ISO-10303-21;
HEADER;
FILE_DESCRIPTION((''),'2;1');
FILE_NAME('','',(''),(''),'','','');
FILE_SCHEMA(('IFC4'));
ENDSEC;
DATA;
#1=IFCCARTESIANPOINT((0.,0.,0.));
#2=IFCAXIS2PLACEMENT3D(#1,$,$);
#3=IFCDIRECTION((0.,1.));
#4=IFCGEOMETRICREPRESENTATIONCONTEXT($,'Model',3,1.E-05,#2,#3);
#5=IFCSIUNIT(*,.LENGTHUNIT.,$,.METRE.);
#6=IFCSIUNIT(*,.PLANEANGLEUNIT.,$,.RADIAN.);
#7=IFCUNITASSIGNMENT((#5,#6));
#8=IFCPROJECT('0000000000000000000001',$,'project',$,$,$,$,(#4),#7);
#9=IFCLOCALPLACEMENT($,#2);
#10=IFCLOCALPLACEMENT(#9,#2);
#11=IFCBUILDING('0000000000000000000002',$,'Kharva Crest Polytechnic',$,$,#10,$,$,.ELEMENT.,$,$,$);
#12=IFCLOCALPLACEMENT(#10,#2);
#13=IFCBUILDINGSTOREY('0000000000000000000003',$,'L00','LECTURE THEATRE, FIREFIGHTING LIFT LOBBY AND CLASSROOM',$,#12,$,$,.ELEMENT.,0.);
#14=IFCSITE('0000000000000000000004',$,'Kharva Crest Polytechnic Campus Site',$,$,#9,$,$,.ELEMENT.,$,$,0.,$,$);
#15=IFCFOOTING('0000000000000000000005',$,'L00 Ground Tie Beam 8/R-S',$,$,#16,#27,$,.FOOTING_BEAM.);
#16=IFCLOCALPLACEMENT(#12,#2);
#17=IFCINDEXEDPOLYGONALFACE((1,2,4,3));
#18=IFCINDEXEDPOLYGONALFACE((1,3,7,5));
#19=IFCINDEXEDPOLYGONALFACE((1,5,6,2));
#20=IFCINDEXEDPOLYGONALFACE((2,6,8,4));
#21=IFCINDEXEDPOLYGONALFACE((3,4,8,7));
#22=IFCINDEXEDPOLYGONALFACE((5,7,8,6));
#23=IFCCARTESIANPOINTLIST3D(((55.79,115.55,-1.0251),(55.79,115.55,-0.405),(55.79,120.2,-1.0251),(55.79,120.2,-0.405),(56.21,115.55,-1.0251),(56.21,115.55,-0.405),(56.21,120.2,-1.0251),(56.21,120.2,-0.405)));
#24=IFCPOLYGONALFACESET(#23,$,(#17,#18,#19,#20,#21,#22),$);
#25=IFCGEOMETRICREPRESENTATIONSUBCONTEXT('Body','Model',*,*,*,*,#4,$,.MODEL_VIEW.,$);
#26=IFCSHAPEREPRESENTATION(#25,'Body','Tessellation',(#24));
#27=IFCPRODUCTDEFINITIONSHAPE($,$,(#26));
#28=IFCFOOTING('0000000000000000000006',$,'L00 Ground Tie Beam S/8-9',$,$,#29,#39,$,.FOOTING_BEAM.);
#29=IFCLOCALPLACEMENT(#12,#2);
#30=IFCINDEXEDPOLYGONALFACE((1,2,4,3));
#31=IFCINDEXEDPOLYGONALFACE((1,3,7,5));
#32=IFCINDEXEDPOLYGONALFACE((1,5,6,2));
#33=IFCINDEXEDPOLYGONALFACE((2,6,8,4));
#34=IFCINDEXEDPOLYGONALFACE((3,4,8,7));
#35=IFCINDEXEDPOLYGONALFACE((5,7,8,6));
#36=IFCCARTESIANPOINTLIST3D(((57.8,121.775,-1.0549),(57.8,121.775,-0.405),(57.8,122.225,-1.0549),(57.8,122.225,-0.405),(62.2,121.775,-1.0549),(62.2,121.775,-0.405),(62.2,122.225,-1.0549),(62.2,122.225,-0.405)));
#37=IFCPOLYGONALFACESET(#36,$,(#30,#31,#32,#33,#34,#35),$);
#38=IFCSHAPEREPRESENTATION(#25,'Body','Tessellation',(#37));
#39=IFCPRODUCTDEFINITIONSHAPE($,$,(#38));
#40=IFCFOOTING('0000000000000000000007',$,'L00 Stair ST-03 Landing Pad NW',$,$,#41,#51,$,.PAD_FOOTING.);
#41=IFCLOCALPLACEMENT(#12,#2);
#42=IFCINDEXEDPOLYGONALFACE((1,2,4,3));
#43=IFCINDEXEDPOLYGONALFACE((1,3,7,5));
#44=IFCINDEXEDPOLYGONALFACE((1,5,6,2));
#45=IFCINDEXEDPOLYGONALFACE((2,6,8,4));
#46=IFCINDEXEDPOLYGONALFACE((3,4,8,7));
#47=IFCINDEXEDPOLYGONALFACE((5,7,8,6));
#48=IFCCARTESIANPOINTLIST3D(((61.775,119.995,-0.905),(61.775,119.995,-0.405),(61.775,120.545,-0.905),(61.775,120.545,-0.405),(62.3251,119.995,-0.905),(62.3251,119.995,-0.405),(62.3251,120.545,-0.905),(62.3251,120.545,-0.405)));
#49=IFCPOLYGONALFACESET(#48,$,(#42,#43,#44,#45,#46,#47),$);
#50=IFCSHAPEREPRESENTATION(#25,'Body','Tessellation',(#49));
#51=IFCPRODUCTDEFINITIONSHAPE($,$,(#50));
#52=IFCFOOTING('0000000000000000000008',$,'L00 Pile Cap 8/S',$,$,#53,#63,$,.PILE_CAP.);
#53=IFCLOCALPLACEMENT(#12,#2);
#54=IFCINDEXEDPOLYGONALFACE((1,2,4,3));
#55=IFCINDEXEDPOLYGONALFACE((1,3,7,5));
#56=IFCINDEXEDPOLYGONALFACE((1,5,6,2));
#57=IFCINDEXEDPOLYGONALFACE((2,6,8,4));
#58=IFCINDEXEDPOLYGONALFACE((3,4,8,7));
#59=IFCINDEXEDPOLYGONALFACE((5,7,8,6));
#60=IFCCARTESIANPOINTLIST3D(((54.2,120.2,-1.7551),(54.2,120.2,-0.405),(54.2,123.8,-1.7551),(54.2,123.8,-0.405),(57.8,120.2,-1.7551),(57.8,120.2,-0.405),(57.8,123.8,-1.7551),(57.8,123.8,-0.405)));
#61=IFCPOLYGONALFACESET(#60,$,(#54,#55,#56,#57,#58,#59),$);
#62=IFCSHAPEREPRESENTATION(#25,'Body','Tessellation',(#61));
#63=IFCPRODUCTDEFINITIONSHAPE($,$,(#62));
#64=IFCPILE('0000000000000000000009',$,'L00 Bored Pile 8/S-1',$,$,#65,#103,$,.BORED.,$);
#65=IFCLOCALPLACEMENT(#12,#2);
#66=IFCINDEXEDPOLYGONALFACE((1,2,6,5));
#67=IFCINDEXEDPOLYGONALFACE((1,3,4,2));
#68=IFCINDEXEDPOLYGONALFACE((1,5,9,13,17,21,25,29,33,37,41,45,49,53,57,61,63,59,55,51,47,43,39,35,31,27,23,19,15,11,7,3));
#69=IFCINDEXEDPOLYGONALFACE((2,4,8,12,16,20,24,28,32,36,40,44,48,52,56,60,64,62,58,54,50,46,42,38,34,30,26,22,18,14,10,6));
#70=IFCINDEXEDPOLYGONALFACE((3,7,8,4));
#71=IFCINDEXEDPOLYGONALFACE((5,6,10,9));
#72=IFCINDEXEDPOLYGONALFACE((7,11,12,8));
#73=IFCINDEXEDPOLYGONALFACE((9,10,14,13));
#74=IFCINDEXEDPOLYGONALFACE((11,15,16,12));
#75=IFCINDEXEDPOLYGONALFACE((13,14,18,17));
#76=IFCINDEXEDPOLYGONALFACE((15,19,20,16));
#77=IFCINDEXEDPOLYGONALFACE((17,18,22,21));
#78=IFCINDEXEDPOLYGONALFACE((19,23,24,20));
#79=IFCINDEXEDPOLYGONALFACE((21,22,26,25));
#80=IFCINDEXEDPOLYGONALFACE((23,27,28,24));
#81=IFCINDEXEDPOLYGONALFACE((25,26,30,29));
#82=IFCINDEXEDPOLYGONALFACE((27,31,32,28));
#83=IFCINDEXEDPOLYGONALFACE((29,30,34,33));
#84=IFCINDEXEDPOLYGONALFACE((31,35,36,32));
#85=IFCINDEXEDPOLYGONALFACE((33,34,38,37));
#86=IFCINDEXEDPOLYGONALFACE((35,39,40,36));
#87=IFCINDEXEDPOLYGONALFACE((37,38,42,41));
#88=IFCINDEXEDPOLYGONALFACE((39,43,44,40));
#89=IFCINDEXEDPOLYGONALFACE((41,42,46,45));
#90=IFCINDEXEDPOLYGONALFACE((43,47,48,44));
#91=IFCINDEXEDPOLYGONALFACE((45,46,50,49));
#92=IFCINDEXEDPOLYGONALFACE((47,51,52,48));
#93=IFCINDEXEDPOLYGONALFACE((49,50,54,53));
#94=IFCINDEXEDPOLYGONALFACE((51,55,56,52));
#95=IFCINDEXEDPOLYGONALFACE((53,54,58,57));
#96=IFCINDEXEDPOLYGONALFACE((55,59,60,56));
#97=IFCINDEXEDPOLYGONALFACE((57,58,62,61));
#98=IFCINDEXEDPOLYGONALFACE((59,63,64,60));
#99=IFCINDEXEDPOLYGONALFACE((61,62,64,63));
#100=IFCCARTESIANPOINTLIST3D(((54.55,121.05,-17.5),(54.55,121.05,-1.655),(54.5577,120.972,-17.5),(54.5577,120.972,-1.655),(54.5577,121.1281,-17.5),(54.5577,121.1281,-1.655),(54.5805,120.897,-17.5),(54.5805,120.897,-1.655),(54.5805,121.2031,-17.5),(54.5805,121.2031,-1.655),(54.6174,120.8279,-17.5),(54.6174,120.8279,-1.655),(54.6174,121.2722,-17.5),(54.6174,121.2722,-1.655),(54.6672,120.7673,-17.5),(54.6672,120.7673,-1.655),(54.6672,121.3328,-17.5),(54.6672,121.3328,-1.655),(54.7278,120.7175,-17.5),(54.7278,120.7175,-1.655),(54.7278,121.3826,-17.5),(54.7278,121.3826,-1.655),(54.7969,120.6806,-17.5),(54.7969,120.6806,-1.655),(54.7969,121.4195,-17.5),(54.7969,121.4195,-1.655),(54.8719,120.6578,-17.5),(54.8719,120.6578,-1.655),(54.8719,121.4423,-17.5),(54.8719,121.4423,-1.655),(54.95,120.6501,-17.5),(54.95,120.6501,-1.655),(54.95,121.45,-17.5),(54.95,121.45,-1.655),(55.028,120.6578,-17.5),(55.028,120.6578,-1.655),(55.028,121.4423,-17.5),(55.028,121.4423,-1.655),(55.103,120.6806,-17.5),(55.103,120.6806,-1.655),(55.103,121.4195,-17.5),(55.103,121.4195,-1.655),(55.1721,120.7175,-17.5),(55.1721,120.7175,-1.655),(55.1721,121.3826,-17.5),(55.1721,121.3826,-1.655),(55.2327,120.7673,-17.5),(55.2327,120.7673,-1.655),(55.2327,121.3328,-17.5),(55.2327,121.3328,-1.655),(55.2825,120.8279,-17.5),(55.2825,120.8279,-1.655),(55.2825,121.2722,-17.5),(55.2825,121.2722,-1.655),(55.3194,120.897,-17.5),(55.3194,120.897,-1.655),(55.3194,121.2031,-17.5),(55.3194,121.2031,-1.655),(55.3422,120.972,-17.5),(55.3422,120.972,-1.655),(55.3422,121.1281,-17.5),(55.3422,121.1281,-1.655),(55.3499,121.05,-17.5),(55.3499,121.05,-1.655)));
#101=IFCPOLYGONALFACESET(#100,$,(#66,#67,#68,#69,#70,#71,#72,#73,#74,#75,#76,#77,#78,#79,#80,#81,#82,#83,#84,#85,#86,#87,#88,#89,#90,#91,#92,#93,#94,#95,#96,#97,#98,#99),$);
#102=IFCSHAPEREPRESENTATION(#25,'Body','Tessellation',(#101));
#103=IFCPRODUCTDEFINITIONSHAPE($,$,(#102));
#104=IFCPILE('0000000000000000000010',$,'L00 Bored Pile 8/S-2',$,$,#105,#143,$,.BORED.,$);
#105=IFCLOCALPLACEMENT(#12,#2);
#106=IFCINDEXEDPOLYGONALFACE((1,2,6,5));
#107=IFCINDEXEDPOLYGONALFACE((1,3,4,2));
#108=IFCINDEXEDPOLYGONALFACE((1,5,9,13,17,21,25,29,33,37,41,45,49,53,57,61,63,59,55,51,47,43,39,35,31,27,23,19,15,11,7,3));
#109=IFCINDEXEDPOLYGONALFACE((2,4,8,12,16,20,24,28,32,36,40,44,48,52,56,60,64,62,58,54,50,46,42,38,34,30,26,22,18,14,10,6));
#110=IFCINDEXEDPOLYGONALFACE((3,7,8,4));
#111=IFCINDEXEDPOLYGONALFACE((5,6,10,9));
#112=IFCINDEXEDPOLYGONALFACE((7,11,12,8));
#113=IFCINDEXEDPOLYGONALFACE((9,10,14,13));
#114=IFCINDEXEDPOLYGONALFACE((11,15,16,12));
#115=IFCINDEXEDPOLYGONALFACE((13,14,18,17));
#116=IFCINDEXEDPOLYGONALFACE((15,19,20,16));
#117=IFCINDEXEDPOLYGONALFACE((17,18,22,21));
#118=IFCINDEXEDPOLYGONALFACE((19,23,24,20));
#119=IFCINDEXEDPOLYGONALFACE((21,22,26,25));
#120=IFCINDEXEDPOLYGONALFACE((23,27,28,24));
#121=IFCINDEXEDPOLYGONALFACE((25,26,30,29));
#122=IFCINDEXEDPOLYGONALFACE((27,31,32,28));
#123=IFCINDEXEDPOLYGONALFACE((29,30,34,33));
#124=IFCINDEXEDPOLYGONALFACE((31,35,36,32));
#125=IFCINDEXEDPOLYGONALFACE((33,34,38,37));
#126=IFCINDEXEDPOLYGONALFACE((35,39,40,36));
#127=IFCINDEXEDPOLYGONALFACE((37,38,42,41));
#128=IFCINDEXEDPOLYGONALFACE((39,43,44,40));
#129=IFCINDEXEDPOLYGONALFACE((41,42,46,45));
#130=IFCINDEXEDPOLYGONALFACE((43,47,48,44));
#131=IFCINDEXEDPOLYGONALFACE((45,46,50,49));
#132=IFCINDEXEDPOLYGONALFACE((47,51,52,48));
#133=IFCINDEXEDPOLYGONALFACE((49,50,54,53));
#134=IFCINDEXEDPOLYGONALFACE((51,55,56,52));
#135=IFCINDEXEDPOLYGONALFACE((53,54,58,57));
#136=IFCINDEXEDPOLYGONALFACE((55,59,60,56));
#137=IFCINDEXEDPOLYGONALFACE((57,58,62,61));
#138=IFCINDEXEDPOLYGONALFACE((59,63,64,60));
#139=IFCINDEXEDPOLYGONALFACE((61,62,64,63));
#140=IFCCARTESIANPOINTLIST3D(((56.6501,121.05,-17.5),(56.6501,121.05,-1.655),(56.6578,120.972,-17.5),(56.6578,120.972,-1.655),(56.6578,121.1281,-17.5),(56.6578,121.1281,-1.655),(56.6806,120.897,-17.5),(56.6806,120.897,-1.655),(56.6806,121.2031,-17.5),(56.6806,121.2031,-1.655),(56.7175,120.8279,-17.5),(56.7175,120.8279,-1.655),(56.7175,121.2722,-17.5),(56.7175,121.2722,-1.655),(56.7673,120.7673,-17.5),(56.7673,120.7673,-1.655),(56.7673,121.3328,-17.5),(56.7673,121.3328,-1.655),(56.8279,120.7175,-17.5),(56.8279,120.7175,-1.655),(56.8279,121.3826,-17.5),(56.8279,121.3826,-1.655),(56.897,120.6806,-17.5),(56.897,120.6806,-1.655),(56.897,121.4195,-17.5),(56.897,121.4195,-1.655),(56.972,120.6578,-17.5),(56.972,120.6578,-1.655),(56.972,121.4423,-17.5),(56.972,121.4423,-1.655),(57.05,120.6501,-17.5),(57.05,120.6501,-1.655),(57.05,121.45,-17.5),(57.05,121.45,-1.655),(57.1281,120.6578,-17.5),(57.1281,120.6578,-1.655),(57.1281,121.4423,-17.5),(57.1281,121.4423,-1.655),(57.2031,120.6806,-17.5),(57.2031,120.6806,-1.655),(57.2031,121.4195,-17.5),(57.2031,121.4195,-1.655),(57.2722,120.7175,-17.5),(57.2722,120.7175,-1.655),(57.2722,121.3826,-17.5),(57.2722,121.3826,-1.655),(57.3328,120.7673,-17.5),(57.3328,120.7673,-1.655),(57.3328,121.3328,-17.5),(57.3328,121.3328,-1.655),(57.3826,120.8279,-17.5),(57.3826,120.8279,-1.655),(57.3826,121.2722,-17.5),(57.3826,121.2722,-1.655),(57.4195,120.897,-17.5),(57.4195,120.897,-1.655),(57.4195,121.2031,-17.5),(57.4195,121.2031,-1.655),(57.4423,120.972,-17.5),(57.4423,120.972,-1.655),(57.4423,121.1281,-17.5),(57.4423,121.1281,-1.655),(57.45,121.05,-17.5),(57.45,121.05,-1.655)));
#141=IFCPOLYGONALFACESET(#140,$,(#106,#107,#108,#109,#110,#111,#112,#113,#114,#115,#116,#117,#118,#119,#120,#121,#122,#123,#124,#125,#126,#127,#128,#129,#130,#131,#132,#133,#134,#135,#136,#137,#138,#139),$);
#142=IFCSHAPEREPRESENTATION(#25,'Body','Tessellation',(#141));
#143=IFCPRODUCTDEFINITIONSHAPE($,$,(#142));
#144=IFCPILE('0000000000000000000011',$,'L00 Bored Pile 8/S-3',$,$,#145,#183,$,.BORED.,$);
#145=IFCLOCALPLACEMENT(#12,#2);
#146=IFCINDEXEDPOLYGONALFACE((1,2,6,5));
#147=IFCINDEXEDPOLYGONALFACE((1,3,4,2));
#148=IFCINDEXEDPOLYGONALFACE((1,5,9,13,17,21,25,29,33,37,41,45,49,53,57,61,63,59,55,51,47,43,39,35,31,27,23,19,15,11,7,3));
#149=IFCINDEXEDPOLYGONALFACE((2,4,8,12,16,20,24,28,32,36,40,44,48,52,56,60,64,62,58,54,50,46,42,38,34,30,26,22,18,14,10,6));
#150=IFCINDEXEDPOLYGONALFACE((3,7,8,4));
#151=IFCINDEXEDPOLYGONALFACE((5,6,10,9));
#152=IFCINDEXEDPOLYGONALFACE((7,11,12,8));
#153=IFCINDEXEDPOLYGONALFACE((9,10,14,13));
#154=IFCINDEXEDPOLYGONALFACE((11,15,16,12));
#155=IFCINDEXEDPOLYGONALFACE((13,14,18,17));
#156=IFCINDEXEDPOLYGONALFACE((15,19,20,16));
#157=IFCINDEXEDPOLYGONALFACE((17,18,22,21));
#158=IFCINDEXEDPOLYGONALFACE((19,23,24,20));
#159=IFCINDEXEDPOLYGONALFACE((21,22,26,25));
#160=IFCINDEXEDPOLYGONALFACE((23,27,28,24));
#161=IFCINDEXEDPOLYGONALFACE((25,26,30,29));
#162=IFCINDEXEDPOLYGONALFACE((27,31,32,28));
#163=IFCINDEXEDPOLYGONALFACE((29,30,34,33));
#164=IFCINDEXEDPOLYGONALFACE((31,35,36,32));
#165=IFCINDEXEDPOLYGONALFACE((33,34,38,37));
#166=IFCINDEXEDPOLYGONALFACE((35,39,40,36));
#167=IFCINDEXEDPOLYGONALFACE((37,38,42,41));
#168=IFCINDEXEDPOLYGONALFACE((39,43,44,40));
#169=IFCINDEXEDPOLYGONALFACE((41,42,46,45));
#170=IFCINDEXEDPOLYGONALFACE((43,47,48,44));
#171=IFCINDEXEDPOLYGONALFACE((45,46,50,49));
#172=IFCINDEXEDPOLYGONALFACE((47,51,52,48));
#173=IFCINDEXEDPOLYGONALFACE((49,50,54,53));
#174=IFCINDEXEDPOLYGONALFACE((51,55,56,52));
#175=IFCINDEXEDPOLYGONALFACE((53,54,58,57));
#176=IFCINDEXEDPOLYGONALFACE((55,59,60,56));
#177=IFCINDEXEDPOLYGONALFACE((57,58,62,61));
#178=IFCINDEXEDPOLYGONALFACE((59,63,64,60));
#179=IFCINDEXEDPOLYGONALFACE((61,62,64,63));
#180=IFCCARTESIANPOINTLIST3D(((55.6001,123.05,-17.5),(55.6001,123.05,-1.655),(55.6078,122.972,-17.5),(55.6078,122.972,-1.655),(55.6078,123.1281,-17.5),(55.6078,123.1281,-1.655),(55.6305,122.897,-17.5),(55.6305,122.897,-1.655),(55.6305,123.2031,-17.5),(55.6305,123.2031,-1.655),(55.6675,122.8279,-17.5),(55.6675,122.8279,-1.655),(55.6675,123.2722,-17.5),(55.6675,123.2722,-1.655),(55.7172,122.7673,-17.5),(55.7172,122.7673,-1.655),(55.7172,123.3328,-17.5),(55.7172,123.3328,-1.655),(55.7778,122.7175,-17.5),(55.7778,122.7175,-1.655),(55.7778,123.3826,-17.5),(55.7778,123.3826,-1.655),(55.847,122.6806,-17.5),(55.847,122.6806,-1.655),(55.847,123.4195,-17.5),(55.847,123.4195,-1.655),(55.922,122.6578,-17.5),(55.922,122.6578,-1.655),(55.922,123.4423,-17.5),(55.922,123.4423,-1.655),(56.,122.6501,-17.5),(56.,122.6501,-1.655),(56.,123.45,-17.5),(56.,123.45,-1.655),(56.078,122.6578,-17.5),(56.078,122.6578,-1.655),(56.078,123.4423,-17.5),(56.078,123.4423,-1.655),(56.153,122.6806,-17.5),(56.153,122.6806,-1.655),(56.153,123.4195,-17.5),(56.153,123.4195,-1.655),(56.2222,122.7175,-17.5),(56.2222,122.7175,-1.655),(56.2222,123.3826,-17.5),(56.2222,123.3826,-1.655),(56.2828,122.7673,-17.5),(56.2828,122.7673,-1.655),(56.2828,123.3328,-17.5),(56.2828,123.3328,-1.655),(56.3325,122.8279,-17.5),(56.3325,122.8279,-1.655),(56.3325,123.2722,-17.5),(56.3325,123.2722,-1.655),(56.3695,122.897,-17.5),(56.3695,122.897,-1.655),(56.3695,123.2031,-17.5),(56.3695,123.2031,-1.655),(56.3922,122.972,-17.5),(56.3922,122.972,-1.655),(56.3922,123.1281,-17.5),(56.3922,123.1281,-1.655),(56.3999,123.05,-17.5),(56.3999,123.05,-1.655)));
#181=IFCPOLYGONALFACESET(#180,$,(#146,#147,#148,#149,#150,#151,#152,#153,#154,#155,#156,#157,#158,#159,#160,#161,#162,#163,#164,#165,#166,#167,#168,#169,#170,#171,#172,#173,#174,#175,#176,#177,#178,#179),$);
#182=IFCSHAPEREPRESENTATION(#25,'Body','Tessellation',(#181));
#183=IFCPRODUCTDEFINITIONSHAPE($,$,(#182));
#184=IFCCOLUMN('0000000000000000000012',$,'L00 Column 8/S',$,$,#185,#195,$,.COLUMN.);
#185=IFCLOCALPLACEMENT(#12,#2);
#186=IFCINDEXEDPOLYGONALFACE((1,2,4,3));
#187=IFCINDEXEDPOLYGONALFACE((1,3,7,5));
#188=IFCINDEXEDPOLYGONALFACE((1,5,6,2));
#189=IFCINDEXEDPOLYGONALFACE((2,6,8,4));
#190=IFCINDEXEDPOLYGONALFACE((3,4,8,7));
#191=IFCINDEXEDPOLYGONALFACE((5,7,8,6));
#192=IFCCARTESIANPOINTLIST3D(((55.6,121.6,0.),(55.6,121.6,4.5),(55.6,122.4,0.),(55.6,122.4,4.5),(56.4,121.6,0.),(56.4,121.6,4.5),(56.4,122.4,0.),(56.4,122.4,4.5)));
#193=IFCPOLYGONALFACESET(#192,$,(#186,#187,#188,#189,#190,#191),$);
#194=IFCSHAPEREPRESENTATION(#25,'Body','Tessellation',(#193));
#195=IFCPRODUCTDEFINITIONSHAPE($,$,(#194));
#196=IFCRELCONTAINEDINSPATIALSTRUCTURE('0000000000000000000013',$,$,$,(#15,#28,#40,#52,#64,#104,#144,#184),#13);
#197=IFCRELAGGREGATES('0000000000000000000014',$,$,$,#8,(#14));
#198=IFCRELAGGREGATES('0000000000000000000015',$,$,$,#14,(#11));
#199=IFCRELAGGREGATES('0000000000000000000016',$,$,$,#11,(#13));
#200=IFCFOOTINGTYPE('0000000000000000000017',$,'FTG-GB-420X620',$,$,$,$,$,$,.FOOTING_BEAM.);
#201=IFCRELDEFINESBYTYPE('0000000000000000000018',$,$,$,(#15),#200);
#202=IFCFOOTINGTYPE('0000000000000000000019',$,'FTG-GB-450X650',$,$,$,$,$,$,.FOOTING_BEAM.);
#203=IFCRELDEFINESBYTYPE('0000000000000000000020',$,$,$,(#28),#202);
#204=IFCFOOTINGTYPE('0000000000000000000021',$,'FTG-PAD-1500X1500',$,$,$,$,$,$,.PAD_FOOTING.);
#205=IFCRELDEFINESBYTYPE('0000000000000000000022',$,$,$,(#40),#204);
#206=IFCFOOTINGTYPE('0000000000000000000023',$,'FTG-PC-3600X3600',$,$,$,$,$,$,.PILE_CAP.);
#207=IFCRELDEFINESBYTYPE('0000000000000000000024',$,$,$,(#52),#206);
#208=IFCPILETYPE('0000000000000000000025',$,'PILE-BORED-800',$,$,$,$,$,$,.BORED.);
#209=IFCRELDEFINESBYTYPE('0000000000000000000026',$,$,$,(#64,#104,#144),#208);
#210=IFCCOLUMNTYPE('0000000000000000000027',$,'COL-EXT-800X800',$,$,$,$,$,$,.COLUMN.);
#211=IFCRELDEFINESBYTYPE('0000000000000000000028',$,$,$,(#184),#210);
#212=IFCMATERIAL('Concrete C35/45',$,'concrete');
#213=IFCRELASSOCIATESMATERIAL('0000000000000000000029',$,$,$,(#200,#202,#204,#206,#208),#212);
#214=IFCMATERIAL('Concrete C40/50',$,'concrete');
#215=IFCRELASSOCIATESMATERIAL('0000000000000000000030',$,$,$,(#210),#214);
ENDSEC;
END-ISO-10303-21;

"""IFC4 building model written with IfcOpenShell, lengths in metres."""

from ifc_helpers import new_model, si_unit, direction, frame, origin, origin_2d, place, context, subcontext, project, spatial, rectangle, circle, extrude, material, material_profile, profile_set, type_object, element, save


model = new_model("IFC4")

# Units and contexts
model_context = context("Model", 3, precision=1e-05, world=origin(), true_north=direction((0.0, 1.0)))
body_context = subcontext(model_context, "Body", "Model", "MODEL_VIEW")
ifc_project = project(units=[si_unit("LENGTHUNIT", "METRE"), si_unit("PLANEANGLEUNIT", "RADIAN")], contexts=[model_context])

# Site, building, storey
site_placement = place(None, origin())
site = spatial("IfcSite", under=ifc_project, at=site_placement, Name="Kharva Crest Polytechnic Campus Site", CompositionType="ELEMENT", RefElevation=0.0)
building_placement = place(site_placement, origin())
building = spatial("IfcBuilding", under=site, at=building_placement, Name="Kharva Crest Polytechnic", CompositionType="ELEMENT")
storey_placement = place(building_placement, origin())
storey = spatial("IfcBuildingStorey", under=building, at=storey_placement, Name="L00", Description="LECTURE THEATRE, FIREFIGHTING LIFT LOBBY AND CLASSROOM", CompositionType="ELEMENT", Elevation=0.0)

# Footings
ifc_material_1 = material(Name="Concrete C35/45", Category="concrete")
footing_type_1 = type_object("IfcFootingType", Name="FTG-GB-420X620", PredefinedType="FOOTING_BEAM", material=ifc_material_1)
footing_1_placement = place(storey_placement, frame((56.0, 117.875, -1.0251), z_axis=(0.0, 0.0, 1.0), x_axis=(0.0, 1.0, 0.0)))
element("IfcFooting", 1, at=footing_1_placement, inside=storey, type_object=footing_type_1, Name="L00 Ground Tie Beam 8/R-S", PredefinedType="FOOTING_BEAM", context=body_context, shape_type="SweptSolid", body=[
    extrude(rectangle(XDim=4.6499, YDim=0.4199, at=origin_2d()), origin(), (0.0, 0.0, 1.0), 0.6201),
])
footing_type_2 = type_object("IfcFootingType", Name="FTG-GB-450X650", PredefinedType="FOOTING_BEAM", material=ifc_material_1)
footing_2_placement = place(storey_placement, frame((60.0, 122.0, -1.0549), z_axis=(0.0, 0.0, 1.0), x_axis=(1.0, 0.0, 0.0)))
element("IfcFooting", 2, at=footing_2_placement, inside=storey, type_object=footing_type_2, Name="L00 Ground Tie Beam S/8-9", PredefinedType="FOOTING_BEAM", context=body_context, shape_type="SweptSolid", body=[
    extrude(rectangle(XDim=4.3999, YDim=0.45, at=origin_2d()), origin(), (0.0, 0.0, 1.0), 0.6499),
])
footing_type_3 = type_object("IfcFootingType", Name="FTG-PAD-1500X1500", PredefinedType="PAD_FOOTING", material=ifc_material_1)
footing_3_placement = place(storey_placement, frame((62.05, 120.27, -0.905), z_axis=(0.0, 0.0, 1.0), x_axis=(1.0, 0.0, 0.0)))
element("IfcFooting", 3, at=footing_3_placement, inside=storey, type_object=footing_type_3, Name="L00 Stair ST-03 Landing Pad NW", PredefinedType="PAD_FOOTING", context=body_context, shape_type="SweptSolid", body=[
    extrude(rectangle(XDim=0.55, YDim=0.55, at=origin_2d()), origin(), (0.0, 0.0, 1.0), 0.5),
])
footing_type_4 = type_object("IfcFootingType", Name="FTG-PC-3600X3600", PredefinedType="PILE_CAP", material=ifc_material_1)
footing_4_placement = place(storey_placement, frame((56.0, 122.0, -1.7551), z_axis=(0.0, 0.0, 1.0), x_axis=(1.0, 0.0, 0.0)))
element("IfcFooting", 4, at=footing_4_placement, inside=storey, type_object=footing_type_4, Name="L00 Pile Cap 8/S", PredefinedType="PILE_CAP", context=body_context, shape_type="SweptSolid", body=[
    extrude(rectangle(XDim=3.6001, YDim=3.6001, at=origin_2d()), origin(), (0.0, 0.0, 1.0), 1.3501),
])

# Piles
ifc_material_profile_1 = material_profile(ifc_material_1, circle(Radius=0.3999, at=origin_2d()), Name="DIA 800")
ifc_profile_set_1 = profile_set([ifc_material_profile_1], Name="Concrete C35/45")
pile_type = type_object("IfcPileType", Name="PILE-BORED-800", PredefinedType="BORED", material=ifc_profile_set_1)
for number, where, z_axis, x_axis, name in (
    (5, (54.95, 121.05, -1.655), (0.0, 0.0, -1.0), (1.0, 0.0, 0.0), "L00 Bored Pile 8/S-1"),
    (6, (57.05, 121.05, -1.655), (0.0, 0.0, -1.0), (1.0, 0.0, 0.0), "L00 Bored Pile 8/S-2"),
    (7, (56.0, 123.05, -1.655), (0.0, 0.0, -1.0), (1.0, 0.0, 0.0), "L00 Bored Pile 8/S-3"),
):
    element("IfcPile", number, at=place(storey_placement, frame(where, z_axis=z_axis, x_axis=x_axis)), inside=storey, type_object=pile_type, Name=name, PredefinedType="BORED", context=body_context, shape_type="SweptSolid", body=[
        extrude(circle(Radius=0.3999, at=origin_2d()), origin(), (0.0, 0.0, 1.0), 15.845),
    ])

# Column
ifc_material_2 = material(Name="Concrete C40/50", Category="concrete")
ifc_material_profile_2 = material_profile(ifc_material_2, rectangle(XDim=0.8, YDim=0.8, at=origin_2d()), Name="RECT 800 X 800")
ifc_profile_set_2 = profile_set([ifc_material_profile_2], Name="Concrete C40/50")
column_type_1 = type_object("IfcColumnType", Name="COL-EXT-800X800", PredefinedType="COLUMN", material=ifc_profile_set_2)
column_1_placement = place(storey_placement, frame((56.0, 122.0, 0.0), z_axis=(0.0, 0.0, 1.0), x_axis=(1.0, 0.0, 0.0)))
element("IfcColumn", 8, at=column_1_placement, inside=storey, type_object=column_type_1, Name="L00 Column 8/S", PredefinedType="COLUMN", context=body_context, shape_type="SweptSolid", body=[
    extrude(rectangle(XDim=0.8, YDim=0.8, at=origin_2d()), origin(), (0.0, 0.0, 1.0), 4.5),
])

save(model, "model.ifc")
